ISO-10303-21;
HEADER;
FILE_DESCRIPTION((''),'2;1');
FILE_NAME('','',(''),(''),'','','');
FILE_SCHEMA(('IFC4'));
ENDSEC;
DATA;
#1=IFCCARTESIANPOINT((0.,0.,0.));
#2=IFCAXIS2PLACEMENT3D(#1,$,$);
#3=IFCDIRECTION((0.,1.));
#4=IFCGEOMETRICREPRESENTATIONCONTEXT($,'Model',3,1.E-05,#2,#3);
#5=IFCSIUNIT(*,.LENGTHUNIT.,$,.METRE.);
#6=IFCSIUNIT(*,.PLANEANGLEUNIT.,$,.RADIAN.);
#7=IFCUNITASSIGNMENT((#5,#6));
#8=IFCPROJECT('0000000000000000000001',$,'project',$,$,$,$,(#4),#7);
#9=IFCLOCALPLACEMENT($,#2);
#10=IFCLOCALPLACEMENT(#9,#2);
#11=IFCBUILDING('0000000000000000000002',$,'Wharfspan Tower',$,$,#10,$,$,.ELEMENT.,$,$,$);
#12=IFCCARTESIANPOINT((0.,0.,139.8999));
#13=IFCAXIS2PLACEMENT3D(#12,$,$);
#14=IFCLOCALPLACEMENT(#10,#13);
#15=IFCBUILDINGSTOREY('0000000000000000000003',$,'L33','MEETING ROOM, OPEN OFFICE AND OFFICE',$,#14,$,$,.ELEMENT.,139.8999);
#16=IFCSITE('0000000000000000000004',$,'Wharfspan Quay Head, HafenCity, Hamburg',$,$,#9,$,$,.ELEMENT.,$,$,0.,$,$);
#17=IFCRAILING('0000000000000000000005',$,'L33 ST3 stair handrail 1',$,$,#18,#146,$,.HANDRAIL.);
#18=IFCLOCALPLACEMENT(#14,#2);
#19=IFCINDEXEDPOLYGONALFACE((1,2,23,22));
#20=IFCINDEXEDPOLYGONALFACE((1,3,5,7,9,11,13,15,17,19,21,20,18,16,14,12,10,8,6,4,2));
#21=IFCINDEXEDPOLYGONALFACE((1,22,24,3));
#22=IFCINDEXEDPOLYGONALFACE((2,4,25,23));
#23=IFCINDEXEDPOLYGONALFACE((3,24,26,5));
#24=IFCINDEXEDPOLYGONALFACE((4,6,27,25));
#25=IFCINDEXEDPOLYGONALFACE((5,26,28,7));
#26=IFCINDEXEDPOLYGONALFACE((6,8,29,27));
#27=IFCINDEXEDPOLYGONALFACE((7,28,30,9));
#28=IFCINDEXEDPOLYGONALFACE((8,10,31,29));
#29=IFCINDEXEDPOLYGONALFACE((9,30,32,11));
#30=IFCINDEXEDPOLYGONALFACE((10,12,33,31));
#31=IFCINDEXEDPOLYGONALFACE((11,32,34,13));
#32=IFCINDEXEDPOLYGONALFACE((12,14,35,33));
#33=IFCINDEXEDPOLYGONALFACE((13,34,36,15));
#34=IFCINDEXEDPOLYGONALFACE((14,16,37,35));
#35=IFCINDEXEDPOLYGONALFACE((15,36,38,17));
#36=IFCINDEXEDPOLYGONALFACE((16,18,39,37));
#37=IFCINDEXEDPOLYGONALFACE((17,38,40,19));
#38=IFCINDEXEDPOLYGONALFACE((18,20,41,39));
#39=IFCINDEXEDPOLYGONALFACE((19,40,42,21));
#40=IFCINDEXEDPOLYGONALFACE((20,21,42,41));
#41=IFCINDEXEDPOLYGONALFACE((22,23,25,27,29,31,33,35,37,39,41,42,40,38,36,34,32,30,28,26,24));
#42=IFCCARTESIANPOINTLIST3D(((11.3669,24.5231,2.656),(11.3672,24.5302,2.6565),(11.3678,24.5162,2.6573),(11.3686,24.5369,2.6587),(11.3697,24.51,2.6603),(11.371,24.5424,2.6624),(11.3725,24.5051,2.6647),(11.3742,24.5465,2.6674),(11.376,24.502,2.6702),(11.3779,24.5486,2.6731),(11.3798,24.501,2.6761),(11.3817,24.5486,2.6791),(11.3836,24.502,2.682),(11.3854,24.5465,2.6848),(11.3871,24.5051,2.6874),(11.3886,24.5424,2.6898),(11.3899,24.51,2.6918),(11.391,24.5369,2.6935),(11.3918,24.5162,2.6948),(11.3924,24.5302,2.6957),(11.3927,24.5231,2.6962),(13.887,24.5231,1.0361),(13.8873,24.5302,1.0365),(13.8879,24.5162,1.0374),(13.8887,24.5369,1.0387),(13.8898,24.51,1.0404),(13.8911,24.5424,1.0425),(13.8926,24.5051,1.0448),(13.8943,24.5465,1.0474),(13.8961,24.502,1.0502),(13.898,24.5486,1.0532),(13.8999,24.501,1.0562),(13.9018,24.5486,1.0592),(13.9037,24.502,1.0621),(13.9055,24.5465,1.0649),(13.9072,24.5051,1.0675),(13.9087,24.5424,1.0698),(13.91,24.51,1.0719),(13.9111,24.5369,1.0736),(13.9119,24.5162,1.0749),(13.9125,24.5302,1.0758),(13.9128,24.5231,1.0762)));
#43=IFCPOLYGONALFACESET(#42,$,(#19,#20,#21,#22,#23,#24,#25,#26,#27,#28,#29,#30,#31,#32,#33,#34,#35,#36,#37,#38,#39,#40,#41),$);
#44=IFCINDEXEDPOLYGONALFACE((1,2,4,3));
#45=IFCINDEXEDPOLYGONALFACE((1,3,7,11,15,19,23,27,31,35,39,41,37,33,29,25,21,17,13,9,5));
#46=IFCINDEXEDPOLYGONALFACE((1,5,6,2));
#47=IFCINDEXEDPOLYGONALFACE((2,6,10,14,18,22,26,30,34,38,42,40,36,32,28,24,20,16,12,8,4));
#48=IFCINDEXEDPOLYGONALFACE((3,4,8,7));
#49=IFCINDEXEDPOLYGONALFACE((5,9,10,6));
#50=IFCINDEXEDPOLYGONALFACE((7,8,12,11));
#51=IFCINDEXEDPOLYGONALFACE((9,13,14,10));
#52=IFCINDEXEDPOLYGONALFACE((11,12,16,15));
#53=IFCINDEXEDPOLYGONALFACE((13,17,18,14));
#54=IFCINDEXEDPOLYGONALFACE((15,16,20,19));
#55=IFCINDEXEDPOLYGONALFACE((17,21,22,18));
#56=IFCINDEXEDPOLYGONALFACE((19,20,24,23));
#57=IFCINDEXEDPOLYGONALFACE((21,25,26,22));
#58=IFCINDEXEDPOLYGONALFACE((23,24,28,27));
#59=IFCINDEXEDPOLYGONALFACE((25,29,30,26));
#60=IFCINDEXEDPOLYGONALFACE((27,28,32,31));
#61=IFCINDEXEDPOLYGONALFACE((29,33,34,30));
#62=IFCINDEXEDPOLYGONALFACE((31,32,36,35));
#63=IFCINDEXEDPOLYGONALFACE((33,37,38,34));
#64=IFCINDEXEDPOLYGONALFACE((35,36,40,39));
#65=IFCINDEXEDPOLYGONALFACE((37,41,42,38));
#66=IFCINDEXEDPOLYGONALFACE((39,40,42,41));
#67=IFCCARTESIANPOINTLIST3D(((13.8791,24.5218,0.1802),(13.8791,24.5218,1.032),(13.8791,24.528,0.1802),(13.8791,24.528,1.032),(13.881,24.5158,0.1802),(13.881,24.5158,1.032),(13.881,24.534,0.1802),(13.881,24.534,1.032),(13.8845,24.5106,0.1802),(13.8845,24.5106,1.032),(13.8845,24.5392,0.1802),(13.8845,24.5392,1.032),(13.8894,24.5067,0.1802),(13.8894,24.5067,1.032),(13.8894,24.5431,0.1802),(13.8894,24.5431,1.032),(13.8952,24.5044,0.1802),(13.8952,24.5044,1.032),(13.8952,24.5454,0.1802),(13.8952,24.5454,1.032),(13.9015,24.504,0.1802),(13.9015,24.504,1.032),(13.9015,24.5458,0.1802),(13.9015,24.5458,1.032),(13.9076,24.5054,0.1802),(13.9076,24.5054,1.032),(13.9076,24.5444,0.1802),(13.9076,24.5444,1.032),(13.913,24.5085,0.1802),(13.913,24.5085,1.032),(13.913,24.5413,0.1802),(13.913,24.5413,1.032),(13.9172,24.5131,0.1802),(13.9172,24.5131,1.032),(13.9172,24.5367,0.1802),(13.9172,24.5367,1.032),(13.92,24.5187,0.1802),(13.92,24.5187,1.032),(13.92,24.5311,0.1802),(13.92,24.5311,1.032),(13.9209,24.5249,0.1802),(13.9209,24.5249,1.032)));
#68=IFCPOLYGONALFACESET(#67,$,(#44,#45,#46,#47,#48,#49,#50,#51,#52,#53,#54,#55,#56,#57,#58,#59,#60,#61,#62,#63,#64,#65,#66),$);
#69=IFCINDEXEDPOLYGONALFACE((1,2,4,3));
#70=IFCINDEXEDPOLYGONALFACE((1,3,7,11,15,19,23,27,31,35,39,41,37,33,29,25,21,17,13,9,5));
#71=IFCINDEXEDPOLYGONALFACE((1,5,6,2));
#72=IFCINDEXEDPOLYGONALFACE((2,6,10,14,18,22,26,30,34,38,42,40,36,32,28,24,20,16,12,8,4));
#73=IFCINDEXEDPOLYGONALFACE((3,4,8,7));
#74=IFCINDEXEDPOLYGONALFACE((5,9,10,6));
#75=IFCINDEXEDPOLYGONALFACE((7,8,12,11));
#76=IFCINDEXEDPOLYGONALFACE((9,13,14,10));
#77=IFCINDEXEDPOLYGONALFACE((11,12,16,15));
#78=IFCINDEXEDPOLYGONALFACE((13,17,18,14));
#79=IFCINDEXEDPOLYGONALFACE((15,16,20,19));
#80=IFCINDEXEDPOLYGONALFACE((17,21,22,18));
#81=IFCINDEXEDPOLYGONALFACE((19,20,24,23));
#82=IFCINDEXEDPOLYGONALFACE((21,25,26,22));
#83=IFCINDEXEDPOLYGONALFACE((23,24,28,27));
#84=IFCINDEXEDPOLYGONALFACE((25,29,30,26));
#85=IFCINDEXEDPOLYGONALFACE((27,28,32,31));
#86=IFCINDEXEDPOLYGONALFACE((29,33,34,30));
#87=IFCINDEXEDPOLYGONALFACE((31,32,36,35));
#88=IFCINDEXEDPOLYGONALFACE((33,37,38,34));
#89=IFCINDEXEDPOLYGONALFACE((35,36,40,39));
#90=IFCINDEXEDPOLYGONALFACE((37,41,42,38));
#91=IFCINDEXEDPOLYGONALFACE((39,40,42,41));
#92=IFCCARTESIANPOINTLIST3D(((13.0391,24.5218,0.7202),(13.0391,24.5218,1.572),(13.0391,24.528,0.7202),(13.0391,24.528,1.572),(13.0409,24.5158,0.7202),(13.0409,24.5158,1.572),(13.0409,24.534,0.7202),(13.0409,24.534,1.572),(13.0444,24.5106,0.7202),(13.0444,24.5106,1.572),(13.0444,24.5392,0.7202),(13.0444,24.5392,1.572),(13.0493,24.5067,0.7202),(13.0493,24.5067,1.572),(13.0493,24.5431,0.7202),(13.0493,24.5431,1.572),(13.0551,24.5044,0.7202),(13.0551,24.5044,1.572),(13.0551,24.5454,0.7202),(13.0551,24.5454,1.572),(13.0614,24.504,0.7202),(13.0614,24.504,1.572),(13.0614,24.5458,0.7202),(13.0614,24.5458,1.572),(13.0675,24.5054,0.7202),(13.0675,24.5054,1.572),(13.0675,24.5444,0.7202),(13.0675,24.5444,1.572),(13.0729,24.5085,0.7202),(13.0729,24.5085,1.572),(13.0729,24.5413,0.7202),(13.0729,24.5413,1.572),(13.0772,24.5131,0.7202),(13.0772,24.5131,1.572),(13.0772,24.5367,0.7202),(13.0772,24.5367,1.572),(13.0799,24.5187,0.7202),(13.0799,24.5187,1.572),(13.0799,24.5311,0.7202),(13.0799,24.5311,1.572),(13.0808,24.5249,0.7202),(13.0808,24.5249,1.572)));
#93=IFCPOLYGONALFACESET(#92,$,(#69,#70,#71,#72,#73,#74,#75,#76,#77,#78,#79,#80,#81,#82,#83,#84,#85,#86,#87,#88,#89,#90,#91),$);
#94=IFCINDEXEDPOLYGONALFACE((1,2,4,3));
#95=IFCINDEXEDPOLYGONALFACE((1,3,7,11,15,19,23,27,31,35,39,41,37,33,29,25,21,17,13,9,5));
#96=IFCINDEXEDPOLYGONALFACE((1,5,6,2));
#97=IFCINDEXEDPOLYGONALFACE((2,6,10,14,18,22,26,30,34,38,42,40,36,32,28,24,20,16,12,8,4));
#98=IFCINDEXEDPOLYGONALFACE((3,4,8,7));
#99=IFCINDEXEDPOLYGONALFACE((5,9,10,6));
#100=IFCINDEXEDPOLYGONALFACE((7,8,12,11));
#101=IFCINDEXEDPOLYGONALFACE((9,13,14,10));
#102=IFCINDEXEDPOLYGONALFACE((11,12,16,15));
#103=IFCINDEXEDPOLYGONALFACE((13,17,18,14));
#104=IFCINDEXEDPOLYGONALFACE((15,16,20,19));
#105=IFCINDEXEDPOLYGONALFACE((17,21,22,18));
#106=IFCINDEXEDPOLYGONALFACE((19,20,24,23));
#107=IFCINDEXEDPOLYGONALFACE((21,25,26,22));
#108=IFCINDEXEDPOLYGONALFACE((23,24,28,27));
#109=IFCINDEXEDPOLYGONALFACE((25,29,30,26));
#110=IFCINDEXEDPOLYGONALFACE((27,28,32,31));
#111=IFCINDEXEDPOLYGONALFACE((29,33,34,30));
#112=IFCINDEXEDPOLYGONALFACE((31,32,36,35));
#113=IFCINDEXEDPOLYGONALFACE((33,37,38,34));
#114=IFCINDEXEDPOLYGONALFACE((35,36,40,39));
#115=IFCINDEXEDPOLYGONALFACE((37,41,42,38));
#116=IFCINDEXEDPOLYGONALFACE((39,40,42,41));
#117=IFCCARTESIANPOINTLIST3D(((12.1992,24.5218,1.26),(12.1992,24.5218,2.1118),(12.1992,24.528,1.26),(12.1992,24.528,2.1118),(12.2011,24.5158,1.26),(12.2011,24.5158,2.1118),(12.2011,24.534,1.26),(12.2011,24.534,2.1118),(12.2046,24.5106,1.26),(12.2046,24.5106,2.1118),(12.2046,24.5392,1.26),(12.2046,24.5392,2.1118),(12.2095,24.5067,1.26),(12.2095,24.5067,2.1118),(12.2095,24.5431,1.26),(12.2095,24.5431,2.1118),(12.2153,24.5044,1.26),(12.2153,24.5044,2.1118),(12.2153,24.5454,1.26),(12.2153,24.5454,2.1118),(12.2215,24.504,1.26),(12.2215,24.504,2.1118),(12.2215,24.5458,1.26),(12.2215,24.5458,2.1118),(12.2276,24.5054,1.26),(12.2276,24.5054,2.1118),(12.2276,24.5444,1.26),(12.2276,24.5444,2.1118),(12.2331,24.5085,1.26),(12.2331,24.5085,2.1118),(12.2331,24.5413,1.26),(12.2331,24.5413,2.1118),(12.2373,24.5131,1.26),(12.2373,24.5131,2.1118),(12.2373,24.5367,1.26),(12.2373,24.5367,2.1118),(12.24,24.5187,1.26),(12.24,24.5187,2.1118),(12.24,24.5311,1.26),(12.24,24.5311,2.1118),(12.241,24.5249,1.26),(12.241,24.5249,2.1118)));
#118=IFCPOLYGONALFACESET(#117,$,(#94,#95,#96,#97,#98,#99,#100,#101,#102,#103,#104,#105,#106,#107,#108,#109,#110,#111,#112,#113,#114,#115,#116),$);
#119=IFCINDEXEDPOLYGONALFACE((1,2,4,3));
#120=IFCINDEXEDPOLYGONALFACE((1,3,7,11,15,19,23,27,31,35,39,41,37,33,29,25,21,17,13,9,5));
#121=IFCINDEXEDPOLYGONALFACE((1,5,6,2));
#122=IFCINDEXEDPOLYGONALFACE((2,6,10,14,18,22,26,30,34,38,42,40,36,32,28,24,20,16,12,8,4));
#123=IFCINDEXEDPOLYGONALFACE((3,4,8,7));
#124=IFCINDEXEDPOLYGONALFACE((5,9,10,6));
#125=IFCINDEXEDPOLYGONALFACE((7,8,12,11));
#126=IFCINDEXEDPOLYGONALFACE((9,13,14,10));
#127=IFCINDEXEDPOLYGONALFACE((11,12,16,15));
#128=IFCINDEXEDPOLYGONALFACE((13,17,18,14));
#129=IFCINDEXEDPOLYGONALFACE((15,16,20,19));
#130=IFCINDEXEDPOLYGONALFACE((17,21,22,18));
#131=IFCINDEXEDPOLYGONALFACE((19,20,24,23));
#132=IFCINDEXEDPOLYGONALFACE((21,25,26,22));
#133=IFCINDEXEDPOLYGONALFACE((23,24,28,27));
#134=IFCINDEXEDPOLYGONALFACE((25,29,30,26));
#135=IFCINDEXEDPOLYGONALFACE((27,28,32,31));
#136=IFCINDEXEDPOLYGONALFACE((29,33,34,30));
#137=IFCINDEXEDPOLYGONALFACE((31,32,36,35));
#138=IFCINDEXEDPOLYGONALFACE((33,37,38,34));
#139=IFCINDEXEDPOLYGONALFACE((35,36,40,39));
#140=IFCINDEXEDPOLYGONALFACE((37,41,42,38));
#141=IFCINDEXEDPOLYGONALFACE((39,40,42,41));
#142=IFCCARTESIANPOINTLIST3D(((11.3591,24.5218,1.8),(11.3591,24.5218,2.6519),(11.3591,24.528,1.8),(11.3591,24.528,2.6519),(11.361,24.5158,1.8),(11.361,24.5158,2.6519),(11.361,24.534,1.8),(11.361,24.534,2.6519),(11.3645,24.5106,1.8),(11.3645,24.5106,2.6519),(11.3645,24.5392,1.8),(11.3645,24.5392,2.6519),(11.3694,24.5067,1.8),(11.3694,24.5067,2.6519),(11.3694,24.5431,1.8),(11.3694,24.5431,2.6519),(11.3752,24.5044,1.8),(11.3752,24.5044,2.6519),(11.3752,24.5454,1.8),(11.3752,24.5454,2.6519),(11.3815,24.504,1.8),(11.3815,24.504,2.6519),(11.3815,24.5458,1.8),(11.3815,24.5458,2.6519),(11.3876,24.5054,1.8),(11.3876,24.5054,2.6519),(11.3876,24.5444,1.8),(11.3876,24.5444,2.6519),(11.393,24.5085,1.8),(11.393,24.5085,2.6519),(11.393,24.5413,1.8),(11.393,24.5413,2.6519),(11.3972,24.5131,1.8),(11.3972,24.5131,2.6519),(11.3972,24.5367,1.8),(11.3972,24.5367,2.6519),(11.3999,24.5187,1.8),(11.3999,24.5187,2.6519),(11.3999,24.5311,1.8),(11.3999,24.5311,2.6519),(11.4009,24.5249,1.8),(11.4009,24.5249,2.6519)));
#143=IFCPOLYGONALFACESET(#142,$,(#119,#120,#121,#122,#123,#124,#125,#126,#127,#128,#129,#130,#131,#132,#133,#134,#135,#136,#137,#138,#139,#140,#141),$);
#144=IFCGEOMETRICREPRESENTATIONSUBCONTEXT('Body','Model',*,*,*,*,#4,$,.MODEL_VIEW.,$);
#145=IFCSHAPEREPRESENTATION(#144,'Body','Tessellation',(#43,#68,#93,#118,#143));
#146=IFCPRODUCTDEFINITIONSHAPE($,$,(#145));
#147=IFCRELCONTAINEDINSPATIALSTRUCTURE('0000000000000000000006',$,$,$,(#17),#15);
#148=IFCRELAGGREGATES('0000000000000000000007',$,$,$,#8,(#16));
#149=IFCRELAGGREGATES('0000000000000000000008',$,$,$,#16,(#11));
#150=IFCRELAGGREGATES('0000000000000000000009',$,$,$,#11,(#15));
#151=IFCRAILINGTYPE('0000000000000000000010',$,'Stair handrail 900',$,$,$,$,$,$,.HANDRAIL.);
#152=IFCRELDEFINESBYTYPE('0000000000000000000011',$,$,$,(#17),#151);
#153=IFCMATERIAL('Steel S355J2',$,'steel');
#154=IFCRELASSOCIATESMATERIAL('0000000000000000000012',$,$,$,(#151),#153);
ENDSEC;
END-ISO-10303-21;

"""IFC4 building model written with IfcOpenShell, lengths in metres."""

from ifc_helpers import new_model, si_unit, direction, frame, origin, origin_2d, place, context, subcontext, project, spatial, circle, extrude, material, type_object, element, save


model = new_model("IFC4")

# Units and contexts
model_context = context("Model", 3, precision=1e-05, world=origin(), true_north=direction((0.0, 1.0)))
body_context = subcontext(model_context, "Body", "Model", "MODEL_VIEW")
ifc_project = project(units=[si_unit("LENGTHUNIT", "METRE"), si_unit("PLANEANGLEUNIT", "RADIAN")], contexts=[model_context])

# Site, building, storey
site_placement = place(None, origin())
site = spatial("IfcSite", under=ifc_project, at=site_placement, Name="Wharfspan Quay Head, HafenCity, Hamburg", CompositionType="ELEMENT", RefElevation=0.0)
building_placement = place(site_placement, origin())
building = spatial("IfcBuilding", under=site, at=building_placement, Name="Wharfspan Tower", CompositionType="ELEMENT")
storey_placement = place(building_placement, frame((0.0, 0.0, 139.8999)))
storey = spatial("IfcBuildingStorey", under=building, at=storey_placement, Name="L33", Description="MEETING ROOM, OPEN OFFICE AND OFFICE", CompositionType="ELEMENT", Elevation=139.8999)

# Shared definitions
ifc_material_1 = material(Name="Steel S355J2", Category="steel")

# Railing
railing_type_1 = type_object("IfcRailingType", Name="Stair handrail 900", PredefinedType="HANDRAIL", material=ifc_material_1)
railing_1_placement = place(storey_placement, frame((13.8999, 24.5249, 0.1802)))
element("IfcRailing", 1, at=railing_1_placement, inside=storey, type_object=railing_type_1, Name="L33 ST3 stair handrail 1", PredefinedType="HANDRAIL", context=body_context, shape_type="SweptSolid", body=[
    extrude(circle(Radius=0.0239, at=origin_2d()), frame((0.0, 0.0, 0.876), z_axis=(-0.8412, 0.0, 0.540725), x_axis=(0.0, -1.0, 0.0)), (0.0, 0.0, 1.0), 2.9958),
    extrude(circle(Radius=0.021, at=origin_2d()), origin(), (0.0, 0.0, 1.0), 0.8518),
    extrude(circle(Radius=0.021, at=origin_2d()), frame((-0.8401, 0.0, 0.54)), (0.0, 0.0, 1.0), 0.8518),
    extrude(circle(Radius=0.021, at=origin_2d()), frame((-1.6799, 0.0, 1.0798)), (0.0, 0.0, 1.0), 0.8518),
    extrude(circle(Radius=0.021, at=origin_2d()), frame((-2.52, 0.0, 1.6199)), (0.0, 0.0, 1.0), 0.8518),
])

save(model, "model.ifc")
